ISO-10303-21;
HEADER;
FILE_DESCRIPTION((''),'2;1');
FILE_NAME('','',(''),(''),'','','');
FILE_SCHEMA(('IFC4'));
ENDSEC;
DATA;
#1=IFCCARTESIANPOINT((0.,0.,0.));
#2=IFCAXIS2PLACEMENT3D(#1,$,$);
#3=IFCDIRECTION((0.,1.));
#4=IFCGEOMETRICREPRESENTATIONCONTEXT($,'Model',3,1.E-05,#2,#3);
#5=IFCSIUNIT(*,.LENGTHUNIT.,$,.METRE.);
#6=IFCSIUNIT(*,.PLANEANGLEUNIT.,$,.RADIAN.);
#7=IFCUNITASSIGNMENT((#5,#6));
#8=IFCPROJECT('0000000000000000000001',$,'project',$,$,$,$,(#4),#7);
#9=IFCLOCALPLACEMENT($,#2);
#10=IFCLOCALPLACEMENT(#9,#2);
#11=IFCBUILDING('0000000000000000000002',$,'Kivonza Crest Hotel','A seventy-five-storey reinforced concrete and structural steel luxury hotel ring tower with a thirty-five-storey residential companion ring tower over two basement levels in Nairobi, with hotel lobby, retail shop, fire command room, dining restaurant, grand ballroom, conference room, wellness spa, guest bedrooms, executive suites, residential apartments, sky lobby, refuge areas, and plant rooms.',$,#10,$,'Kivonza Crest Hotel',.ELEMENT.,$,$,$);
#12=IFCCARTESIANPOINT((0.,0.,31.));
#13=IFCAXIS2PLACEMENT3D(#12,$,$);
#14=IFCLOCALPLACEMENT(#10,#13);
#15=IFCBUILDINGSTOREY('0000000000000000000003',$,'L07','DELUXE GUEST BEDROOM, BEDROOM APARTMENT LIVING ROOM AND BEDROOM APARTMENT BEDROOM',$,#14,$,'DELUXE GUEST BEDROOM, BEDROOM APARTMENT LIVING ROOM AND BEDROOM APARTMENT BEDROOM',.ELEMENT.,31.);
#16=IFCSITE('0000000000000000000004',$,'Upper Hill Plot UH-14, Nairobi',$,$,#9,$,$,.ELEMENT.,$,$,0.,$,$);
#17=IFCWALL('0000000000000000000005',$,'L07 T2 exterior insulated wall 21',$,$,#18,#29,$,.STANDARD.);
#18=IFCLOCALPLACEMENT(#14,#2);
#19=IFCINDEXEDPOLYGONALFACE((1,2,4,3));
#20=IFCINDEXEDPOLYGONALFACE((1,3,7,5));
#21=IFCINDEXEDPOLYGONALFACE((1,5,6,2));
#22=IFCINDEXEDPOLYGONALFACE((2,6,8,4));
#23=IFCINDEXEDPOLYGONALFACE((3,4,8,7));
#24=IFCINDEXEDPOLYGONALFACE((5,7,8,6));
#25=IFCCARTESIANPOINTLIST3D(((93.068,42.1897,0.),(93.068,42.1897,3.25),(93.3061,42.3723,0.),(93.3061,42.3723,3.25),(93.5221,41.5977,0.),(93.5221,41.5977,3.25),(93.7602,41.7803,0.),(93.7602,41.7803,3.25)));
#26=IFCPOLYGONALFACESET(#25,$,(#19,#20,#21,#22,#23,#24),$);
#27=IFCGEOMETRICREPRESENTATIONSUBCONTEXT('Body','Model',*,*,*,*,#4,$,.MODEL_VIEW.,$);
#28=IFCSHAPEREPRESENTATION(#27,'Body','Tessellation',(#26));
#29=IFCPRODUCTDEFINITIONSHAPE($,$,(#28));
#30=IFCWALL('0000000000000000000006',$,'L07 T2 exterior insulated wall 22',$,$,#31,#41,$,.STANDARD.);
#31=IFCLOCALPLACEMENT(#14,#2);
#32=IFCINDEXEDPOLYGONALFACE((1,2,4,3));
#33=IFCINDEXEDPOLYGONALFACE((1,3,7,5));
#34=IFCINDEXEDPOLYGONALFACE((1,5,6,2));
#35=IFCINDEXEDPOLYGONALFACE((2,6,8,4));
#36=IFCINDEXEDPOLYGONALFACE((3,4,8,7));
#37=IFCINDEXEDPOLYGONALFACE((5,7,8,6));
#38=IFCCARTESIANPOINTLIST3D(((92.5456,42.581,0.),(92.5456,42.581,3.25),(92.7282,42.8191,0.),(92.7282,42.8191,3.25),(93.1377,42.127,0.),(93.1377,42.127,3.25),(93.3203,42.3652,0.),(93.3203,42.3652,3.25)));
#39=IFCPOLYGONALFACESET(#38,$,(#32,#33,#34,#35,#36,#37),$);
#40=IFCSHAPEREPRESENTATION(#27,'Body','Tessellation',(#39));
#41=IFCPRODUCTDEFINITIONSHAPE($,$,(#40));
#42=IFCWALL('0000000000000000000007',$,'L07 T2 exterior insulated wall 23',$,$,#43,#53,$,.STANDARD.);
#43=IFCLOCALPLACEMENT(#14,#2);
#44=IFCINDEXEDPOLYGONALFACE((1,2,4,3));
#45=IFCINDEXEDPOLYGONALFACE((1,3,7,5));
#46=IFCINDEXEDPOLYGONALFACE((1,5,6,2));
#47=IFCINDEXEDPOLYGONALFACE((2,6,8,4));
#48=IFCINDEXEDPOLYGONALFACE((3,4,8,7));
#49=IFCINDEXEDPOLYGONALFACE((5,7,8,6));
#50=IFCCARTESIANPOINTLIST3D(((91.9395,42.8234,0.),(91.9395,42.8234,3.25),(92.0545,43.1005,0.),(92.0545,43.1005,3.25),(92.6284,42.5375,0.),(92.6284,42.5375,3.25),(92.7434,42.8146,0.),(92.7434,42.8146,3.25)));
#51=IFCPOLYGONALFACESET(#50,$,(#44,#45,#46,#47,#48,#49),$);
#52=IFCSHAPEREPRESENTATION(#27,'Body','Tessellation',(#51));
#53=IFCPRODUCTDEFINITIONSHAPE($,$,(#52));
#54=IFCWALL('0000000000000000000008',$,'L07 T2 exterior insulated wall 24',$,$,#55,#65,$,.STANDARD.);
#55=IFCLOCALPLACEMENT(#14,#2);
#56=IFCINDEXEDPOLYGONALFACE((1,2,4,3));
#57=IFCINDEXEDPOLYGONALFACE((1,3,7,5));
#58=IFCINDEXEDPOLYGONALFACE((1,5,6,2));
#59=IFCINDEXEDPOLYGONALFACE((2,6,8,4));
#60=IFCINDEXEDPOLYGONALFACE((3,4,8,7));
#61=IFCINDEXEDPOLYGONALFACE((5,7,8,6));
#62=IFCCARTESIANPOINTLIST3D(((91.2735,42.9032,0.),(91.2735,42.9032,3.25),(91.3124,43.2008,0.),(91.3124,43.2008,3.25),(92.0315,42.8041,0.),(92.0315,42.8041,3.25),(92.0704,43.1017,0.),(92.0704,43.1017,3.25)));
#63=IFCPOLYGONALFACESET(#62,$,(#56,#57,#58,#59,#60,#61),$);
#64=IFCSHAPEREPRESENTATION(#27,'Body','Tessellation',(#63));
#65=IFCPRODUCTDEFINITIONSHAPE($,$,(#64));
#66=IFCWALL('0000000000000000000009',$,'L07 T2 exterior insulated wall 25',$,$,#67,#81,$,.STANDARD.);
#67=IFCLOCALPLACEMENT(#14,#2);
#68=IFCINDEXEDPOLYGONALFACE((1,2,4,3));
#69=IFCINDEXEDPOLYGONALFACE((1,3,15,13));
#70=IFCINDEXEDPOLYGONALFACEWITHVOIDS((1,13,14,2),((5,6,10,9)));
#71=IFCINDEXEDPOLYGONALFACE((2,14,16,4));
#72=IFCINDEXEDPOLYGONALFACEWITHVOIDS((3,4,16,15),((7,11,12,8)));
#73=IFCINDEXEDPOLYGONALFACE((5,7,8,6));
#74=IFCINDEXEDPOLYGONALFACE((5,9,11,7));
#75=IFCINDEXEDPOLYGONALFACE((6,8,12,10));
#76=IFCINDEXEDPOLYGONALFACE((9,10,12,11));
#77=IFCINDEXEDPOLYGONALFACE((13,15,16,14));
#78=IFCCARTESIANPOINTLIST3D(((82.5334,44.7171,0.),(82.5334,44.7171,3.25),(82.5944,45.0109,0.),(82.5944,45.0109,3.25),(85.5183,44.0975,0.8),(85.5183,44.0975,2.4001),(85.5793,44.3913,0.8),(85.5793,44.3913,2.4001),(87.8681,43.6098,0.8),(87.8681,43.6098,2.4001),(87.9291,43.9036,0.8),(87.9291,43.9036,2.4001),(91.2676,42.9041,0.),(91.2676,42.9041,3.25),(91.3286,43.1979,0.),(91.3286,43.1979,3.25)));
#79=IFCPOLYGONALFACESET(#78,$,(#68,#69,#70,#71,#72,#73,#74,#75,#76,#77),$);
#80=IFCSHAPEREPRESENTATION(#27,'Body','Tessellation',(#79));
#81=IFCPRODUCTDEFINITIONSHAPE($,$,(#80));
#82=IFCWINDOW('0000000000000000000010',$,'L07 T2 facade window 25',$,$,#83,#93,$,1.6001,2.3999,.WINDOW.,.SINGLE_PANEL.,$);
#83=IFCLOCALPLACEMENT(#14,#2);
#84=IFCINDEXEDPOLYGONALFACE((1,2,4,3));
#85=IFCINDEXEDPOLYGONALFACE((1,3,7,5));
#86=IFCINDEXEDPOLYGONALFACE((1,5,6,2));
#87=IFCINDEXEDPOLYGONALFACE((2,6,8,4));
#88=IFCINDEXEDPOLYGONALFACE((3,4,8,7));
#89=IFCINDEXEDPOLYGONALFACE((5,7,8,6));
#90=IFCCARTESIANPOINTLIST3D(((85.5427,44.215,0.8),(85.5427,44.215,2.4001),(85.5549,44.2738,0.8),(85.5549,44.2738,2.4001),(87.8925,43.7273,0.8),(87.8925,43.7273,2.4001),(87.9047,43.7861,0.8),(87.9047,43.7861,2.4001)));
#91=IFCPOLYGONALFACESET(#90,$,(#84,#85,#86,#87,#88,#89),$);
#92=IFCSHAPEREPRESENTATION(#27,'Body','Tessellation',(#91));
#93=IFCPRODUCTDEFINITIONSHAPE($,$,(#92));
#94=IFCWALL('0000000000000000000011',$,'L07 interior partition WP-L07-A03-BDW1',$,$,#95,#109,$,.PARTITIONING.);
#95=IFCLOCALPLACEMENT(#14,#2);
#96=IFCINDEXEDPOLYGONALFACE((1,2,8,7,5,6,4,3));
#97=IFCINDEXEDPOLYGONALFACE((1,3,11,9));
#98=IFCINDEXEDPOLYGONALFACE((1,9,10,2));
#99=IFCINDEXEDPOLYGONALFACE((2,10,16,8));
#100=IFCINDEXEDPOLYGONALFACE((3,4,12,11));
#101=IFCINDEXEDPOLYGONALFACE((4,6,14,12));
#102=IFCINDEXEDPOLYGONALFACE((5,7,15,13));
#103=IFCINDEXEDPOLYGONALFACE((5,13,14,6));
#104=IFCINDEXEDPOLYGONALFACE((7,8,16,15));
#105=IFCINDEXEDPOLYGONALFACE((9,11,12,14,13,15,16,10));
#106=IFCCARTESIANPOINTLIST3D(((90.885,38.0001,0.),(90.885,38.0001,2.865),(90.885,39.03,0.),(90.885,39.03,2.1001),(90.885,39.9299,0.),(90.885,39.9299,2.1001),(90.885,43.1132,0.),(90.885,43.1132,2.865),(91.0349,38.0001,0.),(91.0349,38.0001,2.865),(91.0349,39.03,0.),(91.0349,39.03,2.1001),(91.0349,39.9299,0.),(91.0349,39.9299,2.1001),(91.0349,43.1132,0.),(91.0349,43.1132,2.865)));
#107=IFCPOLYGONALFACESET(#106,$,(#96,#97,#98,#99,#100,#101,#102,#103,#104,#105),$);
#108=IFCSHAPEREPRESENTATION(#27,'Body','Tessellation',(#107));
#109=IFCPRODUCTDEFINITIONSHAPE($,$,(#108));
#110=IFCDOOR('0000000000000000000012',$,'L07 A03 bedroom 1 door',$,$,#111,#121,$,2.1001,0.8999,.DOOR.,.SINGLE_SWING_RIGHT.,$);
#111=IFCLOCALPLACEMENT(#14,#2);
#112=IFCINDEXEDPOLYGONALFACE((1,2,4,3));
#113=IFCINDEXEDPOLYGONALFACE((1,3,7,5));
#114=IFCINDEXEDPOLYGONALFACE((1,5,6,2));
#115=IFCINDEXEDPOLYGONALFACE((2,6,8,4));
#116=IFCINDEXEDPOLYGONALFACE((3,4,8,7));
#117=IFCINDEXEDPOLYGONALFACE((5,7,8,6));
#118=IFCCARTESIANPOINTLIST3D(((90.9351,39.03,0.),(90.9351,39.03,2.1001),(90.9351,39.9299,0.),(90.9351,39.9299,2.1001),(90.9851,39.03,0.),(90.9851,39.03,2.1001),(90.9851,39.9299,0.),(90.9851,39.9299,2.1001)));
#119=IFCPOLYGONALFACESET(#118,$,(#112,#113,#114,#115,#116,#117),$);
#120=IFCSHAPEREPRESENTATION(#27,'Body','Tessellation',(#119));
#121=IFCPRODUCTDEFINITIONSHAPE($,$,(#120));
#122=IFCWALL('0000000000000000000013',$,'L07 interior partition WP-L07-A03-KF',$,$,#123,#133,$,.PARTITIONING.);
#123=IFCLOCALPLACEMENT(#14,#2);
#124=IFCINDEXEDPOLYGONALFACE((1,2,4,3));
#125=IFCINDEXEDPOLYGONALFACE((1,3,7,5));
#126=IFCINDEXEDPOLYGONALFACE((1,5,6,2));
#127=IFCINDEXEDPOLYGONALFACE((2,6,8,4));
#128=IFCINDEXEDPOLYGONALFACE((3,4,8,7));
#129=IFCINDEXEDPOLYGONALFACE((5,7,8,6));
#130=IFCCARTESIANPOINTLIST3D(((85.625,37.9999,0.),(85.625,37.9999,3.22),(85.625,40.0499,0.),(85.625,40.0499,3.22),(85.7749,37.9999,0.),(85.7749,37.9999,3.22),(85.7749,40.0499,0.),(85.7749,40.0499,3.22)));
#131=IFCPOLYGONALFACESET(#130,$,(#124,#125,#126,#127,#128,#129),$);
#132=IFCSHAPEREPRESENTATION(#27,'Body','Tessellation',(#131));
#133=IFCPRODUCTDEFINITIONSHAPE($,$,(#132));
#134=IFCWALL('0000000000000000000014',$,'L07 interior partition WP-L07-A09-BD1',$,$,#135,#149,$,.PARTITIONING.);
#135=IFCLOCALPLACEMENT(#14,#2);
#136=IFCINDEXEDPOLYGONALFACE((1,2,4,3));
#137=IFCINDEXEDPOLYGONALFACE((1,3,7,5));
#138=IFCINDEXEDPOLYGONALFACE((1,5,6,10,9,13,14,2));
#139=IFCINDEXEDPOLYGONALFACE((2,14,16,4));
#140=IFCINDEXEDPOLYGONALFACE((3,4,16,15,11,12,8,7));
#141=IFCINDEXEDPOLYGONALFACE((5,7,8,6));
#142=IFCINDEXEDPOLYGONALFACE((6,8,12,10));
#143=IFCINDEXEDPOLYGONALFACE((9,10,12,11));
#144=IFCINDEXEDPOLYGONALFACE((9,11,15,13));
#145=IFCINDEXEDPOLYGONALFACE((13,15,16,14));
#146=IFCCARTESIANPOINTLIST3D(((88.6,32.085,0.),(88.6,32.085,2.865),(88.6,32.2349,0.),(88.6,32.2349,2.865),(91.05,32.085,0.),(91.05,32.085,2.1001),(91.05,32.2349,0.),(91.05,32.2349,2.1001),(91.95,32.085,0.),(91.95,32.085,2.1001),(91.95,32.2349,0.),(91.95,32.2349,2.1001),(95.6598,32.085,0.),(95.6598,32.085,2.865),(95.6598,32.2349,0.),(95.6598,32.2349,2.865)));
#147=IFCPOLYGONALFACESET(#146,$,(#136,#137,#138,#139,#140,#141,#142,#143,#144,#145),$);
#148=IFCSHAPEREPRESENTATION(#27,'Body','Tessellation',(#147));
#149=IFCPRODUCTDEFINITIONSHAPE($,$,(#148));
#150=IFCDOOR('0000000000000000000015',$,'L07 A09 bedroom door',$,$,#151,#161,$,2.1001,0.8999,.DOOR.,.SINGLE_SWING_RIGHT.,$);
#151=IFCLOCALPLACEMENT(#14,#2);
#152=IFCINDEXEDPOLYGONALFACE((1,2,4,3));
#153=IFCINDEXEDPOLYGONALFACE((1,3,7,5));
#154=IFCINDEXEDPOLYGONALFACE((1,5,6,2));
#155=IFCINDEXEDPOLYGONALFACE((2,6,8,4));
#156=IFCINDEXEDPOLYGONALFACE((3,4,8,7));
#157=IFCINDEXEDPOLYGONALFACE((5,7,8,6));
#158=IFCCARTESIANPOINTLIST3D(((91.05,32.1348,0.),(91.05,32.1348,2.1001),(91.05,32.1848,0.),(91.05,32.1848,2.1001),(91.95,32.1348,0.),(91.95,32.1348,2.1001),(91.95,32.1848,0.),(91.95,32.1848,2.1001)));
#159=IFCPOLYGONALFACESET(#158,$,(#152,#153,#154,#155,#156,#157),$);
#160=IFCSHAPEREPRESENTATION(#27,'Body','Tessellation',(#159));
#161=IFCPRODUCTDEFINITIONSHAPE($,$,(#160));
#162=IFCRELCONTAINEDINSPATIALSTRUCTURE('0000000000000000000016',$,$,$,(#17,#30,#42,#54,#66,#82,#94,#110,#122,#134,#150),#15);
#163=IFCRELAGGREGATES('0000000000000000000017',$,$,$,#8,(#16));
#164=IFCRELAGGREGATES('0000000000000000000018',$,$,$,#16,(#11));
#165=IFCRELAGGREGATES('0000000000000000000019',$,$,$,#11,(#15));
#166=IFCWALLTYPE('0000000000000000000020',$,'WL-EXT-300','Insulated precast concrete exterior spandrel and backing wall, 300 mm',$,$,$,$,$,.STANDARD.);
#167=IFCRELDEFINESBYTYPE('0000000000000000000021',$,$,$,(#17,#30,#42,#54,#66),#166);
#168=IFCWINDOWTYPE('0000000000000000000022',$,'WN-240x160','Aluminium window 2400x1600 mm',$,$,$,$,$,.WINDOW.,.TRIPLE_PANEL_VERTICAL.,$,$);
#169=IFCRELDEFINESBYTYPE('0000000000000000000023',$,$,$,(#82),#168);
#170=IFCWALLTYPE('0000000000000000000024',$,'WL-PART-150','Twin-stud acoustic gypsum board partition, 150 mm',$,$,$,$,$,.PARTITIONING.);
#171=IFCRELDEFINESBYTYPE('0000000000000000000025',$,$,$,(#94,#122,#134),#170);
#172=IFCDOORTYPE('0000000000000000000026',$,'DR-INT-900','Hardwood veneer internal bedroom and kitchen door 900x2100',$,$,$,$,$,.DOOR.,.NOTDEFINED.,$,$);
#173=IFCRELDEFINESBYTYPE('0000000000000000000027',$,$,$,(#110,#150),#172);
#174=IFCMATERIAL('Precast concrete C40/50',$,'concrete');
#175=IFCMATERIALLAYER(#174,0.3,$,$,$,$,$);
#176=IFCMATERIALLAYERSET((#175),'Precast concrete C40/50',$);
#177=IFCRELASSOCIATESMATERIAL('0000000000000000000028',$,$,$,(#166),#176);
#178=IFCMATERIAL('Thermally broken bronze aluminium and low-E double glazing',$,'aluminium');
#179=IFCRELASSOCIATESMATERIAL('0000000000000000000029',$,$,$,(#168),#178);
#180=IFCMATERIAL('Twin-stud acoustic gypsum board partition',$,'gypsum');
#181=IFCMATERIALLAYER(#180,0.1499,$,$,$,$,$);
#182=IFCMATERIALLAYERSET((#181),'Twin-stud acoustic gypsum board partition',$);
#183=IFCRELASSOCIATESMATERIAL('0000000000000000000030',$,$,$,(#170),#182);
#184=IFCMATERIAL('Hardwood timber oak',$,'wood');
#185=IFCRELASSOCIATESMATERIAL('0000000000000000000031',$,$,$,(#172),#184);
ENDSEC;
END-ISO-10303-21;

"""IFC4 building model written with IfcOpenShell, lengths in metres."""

from ifc_helpers import new_model, si_unit, direction, frame, frame_2d, origin, place, context, subcontext, project, spatial, rectangle, extrude, material, layer, layer_set, type_object, element, fill, save


model = new_model("IFC4")

# Units and contexts
model_context = context("Model", 3, precision=1e-05, world=origin(), true_north=direction((0.0, 1.0)))
body_context = subcontext(model_context, "Body", "Model", "MODEL_VIEW")
ifc_project = project(units=[si_unit("LENGTHUNIT", "METRE"), si_unit("PLANEANGLEUNIT", "RADIAN")], contexts=[model_context])

# Site, building, storey
site_placement = place(None, origin())
site = spatial("IfcSite", under=ifc_project, at=site_placement, Name="Upper Hill Plot UH-14, Nairobi", CompositionType="ELEMENT", RefElevation=0.0)
building_placement = place(site_placement, origin())
building = spatial("IfcBuilding", under=site, at=building_placement, Name="Kivonza Crest Hotel", Description="A seventy-five-storey reinforced concrete and structural steel luxury hotel ring tower with a thirty-five-storey residential companion ring tower over two basement levels in Nairobi, with hotel lobby, retail shop, fire command room, dining restaurant, grand ballroom, conference room, wellness spa, guest bedrooms, executive suites, residential apartments, sky lobby, refuge areas, and plant rooms.", LongName="Kivonza Crest Hotel", CompositionType="ELEMENT")
storey_placement = place(building_placement, frame((0.0, 0.0, 31.0)))
storey = spatial("IfcBuildingStorey", under=building, at=storey_placement, Name="L07", Description="DELUXE GUEST BEDROOM, BEDROOM APARTMENT LIVING ROOM AND BEDROOM APARTMENT BEDROOM", LongName="DELUXE GUEST BEDROOM, BEDROOM APARTMENT LIVING ROOM AND BEDROOM APARTMENT BEDROOM", CompositionType="ELEMENT", Elevation=31.0)

# Shared definitions
ifc_material_1 = material(Name="Hardwood timber oak", Category="wood")

# Walls
ifc_material_2 = material(Name="Precast concrete C40/50", Category="concrete")
ifc_layer_1 = layer(ifc_material_2, 0.3)
ifc_layer_set_1 = layer_set([ifc_layer_1], Name="Precast concrete C40/50")
wall_type_1 = type_object("IfcWallType", Name="WL-EXT-300", Description="Insulated precast concrete exterior spandrel and backing wall, 300 mm", PredefinedType="STANDARD", material=ifc_layer_set_1)
for number, where, z_axis, x_axis, name in (
    (1, (93.6411, 41.689, 0.0), (0.0, 0.0, 1.0), (-0.608603, 0.793475, 0.0), "L07 T2 exterior insulated wall 21"),
    (2, (93.229, 42.2461, 0.0), (0.0, 0.0, 1.0), (-0.793633, 0.608397, 0.0), "L07 T2 exterior insulated wall 22"),
):
    element("IfcWall", number, at=place(storey_placement, frame(where, z_axis=z_axis, x_axis=x_axis)), inside=storey, type_object=wall_type_1, Name=name, PredefinedType="STANDARD", context=body_context, shape_type="SweptSolid", body=[
        extrude(rectangle(XDim=0.7461, YDim=0.3, at=frame_2d((0.373, 0.0))), origin(), (0.0, 0.0, 1.0), 3.25),
    ])
wall_1_placement = place(storey_placement, frame((92.686, 42.676, 0.0), z_axis=(0.0, 0.0, 1.0), x_axis=(-0.923638, 0.383267, 0.0)))
element("IfcWall", 3, at=wall_1_placement, inside=storey, type_object=wall_type_1, Name="L07 T2 exterior insulated wall 23", PredefinedType="STANDARD", context=body_context, shape_type="SweptSolid", body=[
    extrude(rectangle(XDim=0.7458, YDim=0.3, at=frame_2d((0.373, 0.0))), origin(), (0.0, 0.0, 1.0), 3.25),
])
wall_2_placement = place(storey_placement, frame((92.051, 42.9529, 0.0), z_axis=(0.0, 0.0, 1.0), x_axis=(-0.991559, 0.129653, 0.0)))
element("IfcWall", 4, at=wall_2_placement, inside=storey, type_object=wall_type_1, Name="L07 T2 exterior insulated wall 24", PredefinedType="STANDARD", context=body_context, shape_type="SweptSolid", body=[
    extrude(rectangle(XDim=0.7644, YDim=0.3, at=frame_2d((0.3823, 0.0))), origin(), (0.0, 0.0, 1.0), 3.25),
])

# Wall, opening, window
wall_3_placement = place(storey_placement, frame((91.2981, 43.051, 0.0), z_axis=(0.0, 0.0, 1.0), x_axis=(-0.979128, 0.203243, 0.0)))
wall_3 = element("IfcWall", 5, at=wall_3_placement, inside=storey, type_object=wall_type_1, Name="L07 T2 exterior insulated wall 25", PredefinedType="STANDARD", context=body_context, shape_type="SweptSolid", body=[
    extrude(rectangle(XDim=8.9204, YDim=0.3, at=frame_2d((4.4602, 0.0))), origin(), (0.0, 0.0, 1.0), 3.25),
])
opening_1_placement = place(wall_3_placement, frame((3.4719, 0.0, 0.8)))
opening_1 = element("IfcOpeningElement", 6, at=opening_1_placement, cuts=wall_3, PredefinedType="OPENING", context=body_context, shape_type="SweptSolid", body=[
    extrude(rectangle(XDim=2.3999, YDim=1.6001, at=frame_2d((1.2, 0.8))), frame((0.0, 0.1602, 0.0), z_axis=(0.0, -1.0, 0.0), x_axis=(1.0, 0.0, 0.0)), (0.0, 0.0, 1.0), 0.3201),
])
ifc_material_3 = material(Name="Thermally broken bronze aluminium and low-E double glazing", Category="aluminium")
window_type = type_object("IfcWindowType", Name="WN-240x160", Description="Aluminium window 2400x1600 mm", PartitioningType="TRIPLE_PANEL_VERTICAL", PredefinedType="WINDOW", material=ifc_material_3)
window_placement = place(opening_1_placement, origin())
window = element("IfcWindow", 7, at=window_placement, inside=storey, type_object=window_type, Name="L07 T2 facade window 25", OverallHeight=1.6001, OverallWidth=2.3999, PartitioningType="SINGLE_PANEL", PredefinedType="WINDOW", context=body_context, shape_type="SweptSolid", body=[
    extrude(rectangle(XDim=2.3999, YDim=1.6001, at=frame_2d((1.2, 0.8))), frame((0.0, 0.03, 0.0), z_axis=(0.0, -1.0, 0.0), x_axis=(1.0, 0.0, 0.0)), (0.0, 0.0, 1.0), 0.0601),
])
fill(opening_1, window)

# Wall, opening, door
ifc_material_4 = material(Name="Twin-stud acoustic gypsum board partition", Category="gypsum")
ifc_layer_2 = layer(ifc_material_4, 0.1499)
ifc_layer_set_2 = layer_set([ifc_layer_2], Name="Twin-stud acoustic gypsum board partition")
wall_type_2 = type_object("IfcWallType", Name="WL-PART-150", Description="Twin-stud acoustic gypsum board partition, 150 mm", PredefinedType="PARTITIONING", material=ifc_layer_set_2)
wall_4_placement = place(storey_placement, frame((90.96, 38.0, 0.0), z_axis=(0.0, 0.0, 1.0), x_axis=(0.0, 1.0, 0.0)))
wall_4 = element("IfcWall", 8, at=wall_4_placement, inside=storey, type_object=wall_type_2, Name="L07 interior partition WP-L07-A03-BDW1", PredefinedType="PARTITIONING", context=body_context, shape_type="SweptSolid", body=[
    extrude(rectangle(XDim=5.113, YDim=0.1499, at=frame_2d((2.5566, 0.0))), origin(), (0.0, 0.0, 1.0), 2.865),
])
opening_2_placement = place(wall_4_placement, frame((1.03, 0.0, 0.0)))
opening_2 = element("IfcOpeningElement", 9, at=opening_2_placement, cuts=wall_4, PredefinedType="OPENING", context=body_context, shape_type="SweptSolid", body=[
    extrude(rectangle(XDim=0.8999, YDim=2.1001, at=frame_2d((0.45, 1.05))), frame((0.0, 0.085, 0.0), z_axis=(0.0, -1.0, 0.0), x_axis=(1.0, 0.0, 0.0)), (0.0, 0.0, 1.0), 0.1699),
])
door_type_1 = type_object("IfcDoorType", Name="DR-INT-900", Description="Hardwood veneer internal bedroom and kitchen door 900x2100", OperationType="NOTDEFINED", PredefinedType="DOOR", material=ifc_material_1)
door_1_placement = place(opening_2_placement, origin())
door_1 = element("IfcDoor", 10, at=door_1_placement, inside=storey, type_object=door_type_1, Name="L07 A03 bedroom 1 door", OperationType="SINGLE_SWING_RIGHT", OverallHeight=2.1001, OverallWidth=0.8999, PredefinedType="DOOR", context=body_context, shape_type="SweptSolid", body=[
    extrude(rectangle(XDim=0.8999, YDim=2.1001, at=frame_2d((0.45, 1.05))), frame((0.0, 0.0249, 0.0), z_axis=(0.0, -1.0, 0.0), x_axis=(1.0, 0.0, 0.0)), (0.0, 0.0, 1.0), 0.05),
])
fill(opening_2, door_1)

# Wall
wall_5_placement = place(storey_placement, frame((85.7, 38.0, 0.0), z_axis=(0.0, 0.0, 1.0), x_axis=(0.0, 1.0, 0.0)))
element("IfcWall", 11, at=wall_5_placement, inside=storey, type_object=wall_type_2, Name="L07 interior partition WP-L07-A03-KF", PredefinedType="PARTITIONING", context=body_context, shape_type="SweptSolid", body=[
    extrude(rectangle(XDim=2.05, YDim=0.1499, at=frame_2d((1.0249, 0.0))), origin(), (0.0, 0.0, 1.0), 3.22),
])

# Wall, opening, door
wall_6_placement = place(storey_placement, frame((88.6001, 32.1599, 0.0), z_axis=(0.0, 0.0, 1.0), x_axis=(1.0, 0.0, 0.0)))
wall_6 = element("IfcWall", 12, at=wall_6_placement, inside=storey, type_object=wall_type_2, Name="L07 interior partition WP-L07-A09-BD1", PredefinedType="PARTITIONING", context=body_context, shape_type="SweptSolid", body=[
    extrude(rectangle(XDim=7.0598, YDim=0.1499, at=frame_2d((3.5298, 0.0))), origin(), (0.0, 0.0, 1.0), 2.865),
])
opening_3_placement = place(wall_6_placement, frame((2.45, 0.0, 0.0)))
opening_3 = element("IfcOpeningElement", 13, at=opening_3_placement, cuts=wall_6, PredefinedType="OPENING", context=body_context, shape_type="SweptSolid", body=[
    extrude(rectangle(XDim=0.8999, YDim=2.1001, at=frame_2d((0.45, 1.05))), frame((0.0, 0.085, 0.0), z_axis=(0.0, -1.0, 0.0), x_axis=(1.0, 0.0, 0.0)), (0.0, 0.0, 1.0), 0.1699),
])
door_2_placement = place(opening_3_placement, origin())
door_2 = element("IfcDoor", 14, at=door_2_placement, inside=storey, type_object=door_type_1, Name="L07 A09 bedroom door", OperationType="SINGLE_SWING_RIGHT", OverallHeight=2.1001, OverallWidth=0.8999, PredefinedType="DOOR", context=body_context, shape_type="SweptSolid", body=[
    extrude(rectangle(XDim=0.8999, YDim=2.1001, at=frame_2d((0.45, 1.05))), frame((0.0, 0.0249, 0.0), z_axis=(0.0, -1.0, 0.0), x_axis=(1.0, 0.0, 0.0)), (0.0, 0.0, 1.0), 0.05),
])
fill(opening_3, door_2)

save(model, "model.ifc")
